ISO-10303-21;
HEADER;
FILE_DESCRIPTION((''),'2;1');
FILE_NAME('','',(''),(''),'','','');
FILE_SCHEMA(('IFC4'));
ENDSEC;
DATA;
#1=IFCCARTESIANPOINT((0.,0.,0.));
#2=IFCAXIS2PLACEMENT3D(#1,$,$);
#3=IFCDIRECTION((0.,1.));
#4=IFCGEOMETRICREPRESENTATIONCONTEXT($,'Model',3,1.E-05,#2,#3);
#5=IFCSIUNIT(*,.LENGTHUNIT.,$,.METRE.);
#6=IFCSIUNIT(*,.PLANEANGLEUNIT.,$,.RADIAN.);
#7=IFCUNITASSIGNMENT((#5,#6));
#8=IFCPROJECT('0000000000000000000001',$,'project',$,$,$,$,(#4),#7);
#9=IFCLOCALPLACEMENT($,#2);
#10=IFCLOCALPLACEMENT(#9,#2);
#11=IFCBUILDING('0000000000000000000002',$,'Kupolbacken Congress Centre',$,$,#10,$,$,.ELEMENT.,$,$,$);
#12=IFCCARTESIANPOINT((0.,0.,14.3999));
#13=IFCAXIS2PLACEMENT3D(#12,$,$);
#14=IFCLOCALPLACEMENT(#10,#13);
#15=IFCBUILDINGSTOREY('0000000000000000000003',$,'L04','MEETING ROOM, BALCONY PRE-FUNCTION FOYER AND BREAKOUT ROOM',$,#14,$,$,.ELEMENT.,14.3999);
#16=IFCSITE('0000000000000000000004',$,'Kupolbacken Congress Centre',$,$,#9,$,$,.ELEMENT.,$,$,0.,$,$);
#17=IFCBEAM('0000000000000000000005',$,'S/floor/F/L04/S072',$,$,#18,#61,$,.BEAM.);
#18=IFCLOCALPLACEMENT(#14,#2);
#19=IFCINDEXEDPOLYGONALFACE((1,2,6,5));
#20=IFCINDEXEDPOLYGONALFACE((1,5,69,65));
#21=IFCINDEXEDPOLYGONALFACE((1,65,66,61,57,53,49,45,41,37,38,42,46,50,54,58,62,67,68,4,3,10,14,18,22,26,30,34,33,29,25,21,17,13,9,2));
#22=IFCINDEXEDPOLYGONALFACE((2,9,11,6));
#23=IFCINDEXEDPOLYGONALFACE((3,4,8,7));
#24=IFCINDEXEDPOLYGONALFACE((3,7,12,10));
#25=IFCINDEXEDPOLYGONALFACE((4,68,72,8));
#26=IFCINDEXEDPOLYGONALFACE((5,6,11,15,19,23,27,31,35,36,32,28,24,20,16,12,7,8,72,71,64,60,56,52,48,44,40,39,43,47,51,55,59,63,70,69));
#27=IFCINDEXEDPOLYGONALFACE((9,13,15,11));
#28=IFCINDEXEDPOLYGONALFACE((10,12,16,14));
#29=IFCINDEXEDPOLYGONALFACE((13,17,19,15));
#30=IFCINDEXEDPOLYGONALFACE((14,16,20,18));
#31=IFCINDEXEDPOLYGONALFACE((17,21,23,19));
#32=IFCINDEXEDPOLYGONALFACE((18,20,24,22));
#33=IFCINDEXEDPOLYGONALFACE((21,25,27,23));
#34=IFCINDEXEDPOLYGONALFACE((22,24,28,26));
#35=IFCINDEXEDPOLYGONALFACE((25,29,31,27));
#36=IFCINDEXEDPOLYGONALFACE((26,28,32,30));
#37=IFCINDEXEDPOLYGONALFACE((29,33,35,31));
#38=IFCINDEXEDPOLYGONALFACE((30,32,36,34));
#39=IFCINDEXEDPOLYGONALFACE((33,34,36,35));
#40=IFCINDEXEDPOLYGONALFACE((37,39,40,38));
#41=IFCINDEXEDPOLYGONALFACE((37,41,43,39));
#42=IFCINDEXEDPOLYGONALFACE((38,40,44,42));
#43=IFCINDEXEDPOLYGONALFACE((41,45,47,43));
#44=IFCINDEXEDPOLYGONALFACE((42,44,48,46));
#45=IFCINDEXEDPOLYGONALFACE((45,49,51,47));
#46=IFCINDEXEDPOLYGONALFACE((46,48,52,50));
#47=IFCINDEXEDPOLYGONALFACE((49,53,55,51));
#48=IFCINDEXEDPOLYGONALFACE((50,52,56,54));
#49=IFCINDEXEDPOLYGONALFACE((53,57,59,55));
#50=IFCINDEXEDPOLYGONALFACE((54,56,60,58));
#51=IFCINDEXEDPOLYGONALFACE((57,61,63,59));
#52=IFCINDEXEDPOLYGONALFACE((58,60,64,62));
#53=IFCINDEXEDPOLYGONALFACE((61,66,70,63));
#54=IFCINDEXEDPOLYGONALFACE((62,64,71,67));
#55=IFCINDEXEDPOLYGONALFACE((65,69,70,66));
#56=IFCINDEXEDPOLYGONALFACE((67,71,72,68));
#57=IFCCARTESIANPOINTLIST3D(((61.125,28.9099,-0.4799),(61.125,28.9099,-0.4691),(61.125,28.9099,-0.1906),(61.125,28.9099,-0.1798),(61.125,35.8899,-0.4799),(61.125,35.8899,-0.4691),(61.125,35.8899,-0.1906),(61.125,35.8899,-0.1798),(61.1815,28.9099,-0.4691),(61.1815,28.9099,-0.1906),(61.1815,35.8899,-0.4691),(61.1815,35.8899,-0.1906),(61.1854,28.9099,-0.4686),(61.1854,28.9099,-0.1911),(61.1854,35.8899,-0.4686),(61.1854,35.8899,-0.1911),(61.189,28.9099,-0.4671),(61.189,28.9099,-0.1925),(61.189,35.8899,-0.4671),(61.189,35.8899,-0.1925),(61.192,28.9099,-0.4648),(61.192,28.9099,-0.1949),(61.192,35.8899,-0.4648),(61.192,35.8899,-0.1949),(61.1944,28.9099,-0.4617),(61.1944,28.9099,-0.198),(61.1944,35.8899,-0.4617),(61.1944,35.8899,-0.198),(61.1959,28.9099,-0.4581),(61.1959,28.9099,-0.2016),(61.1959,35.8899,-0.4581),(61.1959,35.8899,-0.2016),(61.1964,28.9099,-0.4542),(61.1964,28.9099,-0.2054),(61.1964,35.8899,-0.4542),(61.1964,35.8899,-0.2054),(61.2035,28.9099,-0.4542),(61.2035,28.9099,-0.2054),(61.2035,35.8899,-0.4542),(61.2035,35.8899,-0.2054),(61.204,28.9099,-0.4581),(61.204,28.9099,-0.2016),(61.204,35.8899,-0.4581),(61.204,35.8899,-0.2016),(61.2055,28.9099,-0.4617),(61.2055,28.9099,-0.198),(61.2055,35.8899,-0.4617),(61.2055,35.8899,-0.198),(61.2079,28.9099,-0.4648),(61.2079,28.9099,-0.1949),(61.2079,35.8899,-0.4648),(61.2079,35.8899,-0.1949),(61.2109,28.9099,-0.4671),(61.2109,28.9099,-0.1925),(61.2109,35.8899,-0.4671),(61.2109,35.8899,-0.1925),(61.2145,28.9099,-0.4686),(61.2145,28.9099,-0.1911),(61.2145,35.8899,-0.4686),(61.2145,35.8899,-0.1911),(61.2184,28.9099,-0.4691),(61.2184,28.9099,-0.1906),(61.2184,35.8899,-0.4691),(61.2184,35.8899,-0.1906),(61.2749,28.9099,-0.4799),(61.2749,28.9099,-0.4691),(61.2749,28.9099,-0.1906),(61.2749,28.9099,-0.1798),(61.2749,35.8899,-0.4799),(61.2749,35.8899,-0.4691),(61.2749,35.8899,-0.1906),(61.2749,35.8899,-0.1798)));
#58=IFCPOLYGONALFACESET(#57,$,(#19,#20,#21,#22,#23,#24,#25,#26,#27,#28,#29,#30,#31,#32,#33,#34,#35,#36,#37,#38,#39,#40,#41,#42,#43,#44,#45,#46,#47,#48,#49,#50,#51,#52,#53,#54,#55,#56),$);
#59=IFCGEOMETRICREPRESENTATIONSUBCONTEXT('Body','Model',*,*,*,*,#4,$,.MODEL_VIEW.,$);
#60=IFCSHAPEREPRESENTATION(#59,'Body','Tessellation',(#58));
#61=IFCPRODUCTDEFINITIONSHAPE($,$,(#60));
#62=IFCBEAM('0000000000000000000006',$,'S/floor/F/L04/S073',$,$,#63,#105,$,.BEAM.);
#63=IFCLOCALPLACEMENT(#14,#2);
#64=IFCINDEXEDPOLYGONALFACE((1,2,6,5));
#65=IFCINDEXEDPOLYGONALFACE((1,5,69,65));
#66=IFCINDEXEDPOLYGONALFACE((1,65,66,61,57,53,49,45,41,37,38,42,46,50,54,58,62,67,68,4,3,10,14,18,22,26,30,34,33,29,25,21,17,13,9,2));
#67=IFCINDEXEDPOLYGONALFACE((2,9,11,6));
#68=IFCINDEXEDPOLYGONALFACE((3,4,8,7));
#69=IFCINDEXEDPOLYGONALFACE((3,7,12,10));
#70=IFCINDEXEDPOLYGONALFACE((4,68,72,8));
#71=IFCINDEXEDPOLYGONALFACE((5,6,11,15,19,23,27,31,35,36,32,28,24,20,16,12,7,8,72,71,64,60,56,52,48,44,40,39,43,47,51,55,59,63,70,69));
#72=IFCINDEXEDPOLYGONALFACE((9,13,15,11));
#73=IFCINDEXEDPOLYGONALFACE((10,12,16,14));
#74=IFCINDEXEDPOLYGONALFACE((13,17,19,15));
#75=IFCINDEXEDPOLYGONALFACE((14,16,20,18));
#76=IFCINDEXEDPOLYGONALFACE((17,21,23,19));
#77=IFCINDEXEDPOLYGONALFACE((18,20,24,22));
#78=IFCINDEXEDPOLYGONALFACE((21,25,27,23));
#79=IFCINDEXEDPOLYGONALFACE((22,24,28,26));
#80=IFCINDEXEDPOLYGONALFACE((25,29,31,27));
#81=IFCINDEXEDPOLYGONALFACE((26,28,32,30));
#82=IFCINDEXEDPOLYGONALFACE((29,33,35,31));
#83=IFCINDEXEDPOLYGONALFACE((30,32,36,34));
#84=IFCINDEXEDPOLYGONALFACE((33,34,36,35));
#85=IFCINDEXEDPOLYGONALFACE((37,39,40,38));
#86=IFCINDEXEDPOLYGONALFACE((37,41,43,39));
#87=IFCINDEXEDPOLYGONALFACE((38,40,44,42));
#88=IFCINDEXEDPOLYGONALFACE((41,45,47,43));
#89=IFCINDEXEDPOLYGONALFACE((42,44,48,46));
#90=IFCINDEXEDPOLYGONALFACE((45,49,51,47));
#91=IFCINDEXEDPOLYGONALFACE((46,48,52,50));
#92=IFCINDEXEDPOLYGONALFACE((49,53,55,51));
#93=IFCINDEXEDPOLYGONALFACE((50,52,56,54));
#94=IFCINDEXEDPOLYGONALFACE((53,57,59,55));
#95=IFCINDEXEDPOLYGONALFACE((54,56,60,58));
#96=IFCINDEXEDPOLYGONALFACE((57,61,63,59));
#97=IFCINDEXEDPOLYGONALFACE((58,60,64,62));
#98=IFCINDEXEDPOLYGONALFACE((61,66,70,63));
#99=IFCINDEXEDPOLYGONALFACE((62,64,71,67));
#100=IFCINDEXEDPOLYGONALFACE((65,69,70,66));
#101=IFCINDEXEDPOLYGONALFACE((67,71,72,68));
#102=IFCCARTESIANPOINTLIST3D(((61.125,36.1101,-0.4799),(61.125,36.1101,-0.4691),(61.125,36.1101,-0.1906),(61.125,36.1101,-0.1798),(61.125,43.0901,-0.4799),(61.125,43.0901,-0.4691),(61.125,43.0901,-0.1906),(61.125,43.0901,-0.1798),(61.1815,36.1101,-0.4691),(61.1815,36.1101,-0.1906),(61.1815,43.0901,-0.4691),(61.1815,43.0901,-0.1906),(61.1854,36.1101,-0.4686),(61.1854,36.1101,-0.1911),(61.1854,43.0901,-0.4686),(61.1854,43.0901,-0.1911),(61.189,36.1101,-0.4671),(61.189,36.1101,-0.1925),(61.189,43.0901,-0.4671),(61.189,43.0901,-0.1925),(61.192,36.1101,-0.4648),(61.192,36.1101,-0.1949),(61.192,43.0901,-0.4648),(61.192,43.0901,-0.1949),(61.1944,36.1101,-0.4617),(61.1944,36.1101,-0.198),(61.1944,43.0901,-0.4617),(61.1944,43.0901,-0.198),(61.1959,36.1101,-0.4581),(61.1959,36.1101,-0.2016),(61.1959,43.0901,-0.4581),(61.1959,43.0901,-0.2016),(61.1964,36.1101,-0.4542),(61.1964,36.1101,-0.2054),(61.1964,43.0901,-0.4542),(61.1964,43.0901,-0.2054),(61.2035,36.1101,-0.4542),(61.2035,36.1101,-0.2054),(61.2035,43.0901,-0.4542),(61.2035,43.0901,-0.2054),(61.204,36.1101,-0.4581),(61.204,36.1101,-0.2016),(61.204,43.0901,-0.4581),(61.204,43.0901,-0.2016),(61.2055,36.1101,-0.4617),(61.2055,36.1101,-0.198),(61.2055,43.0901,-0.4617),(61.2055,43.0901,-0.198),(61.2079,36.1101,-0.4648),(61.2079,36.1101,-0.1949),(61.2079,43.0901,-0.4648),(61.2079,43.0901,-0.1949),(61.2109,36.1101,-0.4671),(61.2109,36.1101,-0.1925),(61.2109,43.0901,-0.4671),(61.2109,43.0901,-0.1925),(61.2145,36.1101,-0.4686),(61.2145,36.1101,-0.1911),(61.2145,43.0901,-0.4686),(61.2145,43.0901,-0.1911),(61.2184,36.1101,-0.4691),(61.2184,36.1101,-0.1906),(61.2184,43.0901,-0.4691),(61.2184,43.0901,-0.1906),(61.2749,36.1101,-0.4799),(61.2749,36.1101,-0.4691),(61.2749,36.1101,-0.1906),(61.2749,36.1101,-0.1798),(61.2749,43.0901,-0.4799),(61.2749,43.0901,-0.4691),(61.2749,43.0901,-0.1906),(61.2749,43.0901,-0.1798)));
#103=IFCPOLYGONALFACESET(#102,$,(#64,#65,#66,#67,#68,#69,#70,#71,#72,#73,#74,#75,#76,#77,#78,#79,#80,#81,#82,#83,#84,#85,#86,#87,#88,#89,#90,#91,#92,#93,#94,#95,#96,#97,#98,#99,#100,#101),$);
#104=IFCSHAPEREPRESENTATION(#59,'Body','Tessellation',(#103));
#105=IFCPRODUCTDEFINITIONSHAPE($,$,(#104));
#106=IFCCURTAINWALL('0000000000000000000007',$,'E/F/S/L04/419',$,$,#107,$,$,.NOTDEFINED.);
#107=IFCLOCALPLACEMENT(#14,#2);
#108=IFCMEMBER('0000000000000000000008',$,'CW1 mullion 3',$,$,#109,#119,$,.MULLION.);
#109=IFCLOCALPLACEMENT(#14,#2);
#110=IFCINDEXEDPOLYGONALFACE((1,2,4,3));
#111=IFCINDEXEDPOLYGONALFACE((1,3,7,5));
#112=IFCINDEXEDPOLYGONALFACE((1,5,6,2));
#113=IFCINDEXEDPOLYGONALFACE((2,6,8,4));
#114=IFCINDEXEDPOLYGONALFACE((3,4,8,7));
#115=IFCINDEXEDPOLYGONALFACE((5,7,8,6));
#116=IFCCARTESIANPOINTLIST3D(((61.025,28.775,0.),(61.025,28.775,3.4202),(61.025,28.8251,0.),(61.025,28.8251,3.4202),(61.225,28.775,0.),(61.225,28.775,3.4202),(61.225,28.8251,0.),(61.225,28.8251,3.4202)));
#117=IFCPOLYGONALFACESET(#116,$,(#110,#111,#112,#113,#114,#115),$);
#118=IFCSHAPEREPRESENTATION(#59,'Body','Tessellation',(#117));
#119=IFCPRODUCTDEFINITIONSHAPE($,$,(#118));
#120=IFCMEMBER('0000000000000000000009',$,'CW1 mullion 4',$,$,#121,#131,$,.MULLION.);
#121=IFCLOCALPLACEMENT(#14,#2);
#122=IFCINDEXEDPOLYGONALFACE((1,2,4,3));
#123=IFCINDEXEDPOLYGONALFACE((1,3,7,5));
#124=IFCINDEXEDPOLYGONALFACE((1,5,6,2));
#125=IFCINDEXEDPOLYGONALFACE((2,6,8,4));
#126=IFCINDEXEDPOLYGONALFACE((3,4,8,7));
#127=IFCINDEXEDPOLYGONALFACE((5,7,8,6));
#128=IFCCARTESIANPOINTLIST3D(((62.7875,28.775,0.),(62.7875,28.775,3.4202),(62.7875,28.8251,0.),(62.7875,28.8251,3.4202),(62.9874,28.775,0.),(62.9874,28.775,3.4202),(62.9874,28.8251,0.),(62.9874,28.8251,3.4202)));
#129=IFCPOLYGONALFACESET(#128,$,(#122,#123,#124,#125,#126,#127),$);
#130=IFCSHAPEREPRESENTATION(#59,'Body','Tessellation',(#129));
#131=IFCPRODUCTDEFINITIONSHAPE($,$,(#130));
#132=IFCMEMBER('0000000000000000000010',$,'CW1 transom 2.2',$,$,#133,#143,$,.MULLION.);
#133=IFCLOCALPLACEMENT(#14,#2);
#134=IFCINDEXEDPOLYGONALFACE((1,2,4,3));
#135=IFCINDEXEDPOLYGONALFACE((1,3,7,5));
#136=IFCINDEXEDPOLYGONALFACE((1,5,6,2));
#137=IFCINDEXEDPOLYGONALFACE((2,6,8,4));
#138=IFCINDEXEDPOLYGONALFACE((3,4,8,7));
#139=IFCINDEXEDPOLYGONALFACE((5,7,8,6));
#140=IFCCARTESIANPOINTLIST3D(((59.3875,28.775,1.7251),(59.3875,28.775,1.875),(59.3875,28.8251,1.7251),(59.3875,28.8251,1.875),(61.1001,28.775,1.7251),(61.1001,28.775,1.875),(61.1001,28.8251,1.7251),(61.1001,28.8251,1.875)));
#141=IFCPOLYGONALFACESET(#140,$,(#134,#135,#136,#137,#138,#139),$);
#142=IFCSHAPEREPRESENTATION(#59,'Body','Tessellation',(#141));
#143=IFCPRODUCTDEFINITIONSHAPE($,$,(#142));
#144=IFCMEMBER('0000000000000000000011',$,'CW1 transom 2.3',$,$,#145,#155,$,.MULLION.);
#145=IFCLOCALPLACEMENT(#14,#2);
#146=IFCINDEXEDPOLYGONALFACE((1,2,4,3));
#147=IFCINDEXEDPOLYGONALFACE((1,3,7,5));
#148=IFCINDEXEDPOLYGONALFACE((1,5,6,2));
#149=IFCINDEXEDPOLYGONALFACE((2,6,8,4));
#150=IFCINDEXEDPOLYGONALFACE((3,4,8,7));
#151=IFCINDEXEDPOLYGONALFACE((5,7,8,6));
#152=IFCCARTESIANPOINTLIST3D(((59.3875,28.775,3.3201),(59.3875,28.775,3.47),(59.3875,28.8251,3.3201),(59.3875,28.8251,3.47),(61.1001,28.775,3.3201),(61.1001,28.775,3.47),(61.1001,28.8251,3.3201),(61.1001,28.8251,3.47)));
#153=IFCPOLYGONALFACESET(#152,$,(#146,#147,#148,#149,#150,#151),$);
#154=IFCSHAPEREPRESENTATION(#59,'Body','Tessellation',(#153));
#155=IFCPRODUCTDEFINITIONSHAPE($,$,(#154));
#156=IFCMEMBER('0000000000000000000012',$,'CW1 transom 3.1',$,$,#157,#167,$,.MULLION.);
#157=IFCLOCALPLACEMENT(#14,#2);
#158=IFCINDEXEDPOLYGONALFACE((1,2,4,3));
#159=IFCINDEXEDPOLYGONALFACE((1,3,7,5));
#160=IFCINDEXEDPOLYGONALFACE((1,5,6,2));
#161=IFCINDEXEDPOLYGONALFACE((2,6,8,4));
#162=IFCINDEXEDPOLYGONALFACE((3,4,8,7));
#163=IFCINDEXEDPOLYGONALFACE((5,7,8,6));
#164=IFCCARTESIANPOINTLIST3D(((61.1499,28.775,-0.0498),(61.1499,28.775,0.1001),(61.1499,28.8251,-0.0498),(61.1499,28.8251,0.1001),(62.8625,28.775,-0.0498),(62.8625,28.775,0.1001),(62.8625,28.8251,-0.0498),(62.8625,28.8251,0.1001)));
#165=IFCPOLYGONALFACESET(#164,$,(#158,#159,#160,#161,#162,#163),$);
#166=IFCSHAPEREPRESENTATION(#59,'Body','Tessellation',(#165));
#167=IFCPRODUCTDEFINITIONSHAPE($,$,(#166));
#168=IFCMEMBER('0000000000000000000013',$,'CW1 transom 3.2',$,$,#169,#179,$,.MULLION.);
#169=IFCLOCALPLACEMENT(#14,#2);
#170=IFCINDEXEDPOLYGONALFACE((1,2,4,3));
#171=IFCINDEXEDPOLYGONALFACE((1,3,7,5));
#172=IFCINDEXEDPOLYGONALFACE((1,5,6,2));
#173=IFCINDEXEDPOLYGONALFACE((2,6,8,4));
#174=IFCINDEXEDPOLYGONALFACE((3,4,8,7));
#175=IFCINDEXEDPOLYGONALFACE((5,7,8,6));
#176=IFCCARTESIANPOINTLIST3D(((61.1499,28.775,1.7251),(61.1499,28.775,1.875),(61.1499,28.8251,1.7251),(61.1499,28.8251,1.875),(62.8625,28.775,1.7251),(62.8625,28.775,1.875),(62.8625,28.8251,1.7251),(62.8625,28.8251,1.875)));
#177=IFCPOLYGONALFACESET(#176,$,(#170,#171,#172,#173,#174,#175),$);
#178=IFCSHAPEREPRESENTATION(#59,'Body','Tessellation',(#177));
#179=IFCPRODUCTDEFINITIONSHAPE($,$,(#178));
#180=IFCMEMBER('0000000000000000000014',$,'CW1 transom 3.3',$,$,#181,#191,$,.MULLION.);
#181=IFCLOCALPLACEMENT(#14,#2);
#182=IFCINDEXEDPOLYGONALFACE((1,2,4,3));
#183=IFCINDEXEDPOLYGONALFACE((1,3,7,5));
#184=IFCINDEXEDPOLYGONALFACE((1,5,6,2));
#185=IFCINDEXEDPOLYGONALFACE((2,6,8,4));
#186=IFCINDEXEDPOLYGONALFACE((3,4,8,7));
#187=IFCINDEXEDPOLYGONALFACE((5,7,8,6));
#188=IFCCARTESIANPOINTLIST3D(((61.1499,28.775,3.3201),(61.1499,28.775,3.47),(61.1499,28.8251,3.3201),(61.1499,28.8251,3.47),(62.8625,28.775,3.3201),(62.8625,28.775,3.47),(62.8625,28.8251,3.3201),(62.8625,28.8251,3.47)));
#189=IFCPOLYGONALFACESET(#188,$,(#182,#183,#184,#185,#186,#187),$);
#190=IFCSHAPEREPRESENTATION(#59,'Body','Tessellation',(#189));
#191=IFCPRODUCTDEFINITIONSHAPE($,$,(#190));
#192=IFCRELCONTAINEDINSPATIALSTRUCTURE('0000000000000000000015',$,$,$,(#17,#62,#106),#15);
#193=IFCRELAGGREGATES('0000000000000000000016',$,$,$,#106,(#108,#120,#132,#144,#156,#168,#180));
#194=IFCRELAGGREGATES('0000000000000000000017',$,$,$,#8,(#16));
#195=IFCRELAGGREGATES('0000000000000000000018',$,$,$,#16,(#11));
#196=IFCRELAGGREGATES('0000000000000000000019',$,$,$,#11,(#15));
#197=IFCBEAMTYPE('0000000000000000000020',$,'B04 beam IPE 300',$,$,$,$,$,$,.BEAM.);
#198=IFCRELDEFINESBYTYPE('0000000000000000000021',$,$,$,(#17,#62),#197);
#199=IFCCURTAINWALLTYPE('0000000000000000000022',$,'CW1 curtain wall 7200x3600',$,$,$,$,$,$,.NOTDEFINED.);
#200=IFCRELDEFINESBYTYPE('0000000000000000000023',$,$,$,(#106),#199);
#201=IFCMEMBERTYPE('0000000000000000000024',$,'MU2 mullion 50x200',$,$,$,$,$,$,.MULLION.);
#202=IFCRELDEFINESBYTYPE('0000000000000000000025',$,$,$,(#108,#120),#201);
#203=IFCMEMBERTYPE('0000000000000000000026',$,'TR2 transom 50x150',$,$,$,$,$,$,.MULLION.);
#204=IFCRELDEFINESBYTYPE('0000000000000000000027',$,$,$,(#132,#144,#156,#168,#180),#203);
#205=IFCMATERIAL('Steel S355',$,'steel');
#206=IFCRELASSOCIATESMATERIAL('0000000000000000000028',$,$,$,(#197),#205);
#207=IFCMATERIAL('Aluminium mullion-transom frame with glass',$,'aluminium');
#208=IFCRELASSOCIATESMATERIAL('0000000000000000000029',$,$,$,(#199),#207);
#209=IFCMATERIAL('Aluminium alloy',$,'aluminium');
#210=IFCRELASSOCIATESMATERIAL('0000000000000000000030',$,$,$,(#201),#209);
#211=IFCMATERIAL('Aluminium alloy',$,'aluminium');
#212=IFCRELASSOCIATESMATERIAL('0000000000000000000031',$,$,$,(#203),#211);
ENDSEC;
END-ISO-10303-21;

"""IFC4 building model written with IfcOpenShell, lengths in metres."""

from ifc_helpers import new_model, si_unit, direction, frame, origin, origin_2d, place, context, subcontext, project, spatial, rectangle, i_section, extrude, material, material_profile, profile_set, type_object, element, aggregate, save


model = new_model("IFC4")

# Units and contexts
model_context = context("Model", 3, precision=1e-05, world=origin(), true_north=direction((0.0, 1.0)))
body_context = subcontext(model_context, "Body", "Model", "MODEL_VIEW")
ifc_project = project(units=[si_unit("LENGTHUNIT", "METRE"), si_unit("PLANEANGLEUNIT", "RADIAN")], contexts=[model_context])

# Site, building, storey
site_placement = place(None, origin())
site = spatial("IfcSite", under=ifc_project, at=site_placement, Name="Kupolbacken Congress Centre", CompositionType="ELEMENT", RefElevation=0.0)
building_placement = place(site_placement, origin())
building = spatial("IfcBuilding", under=site, at=building_placement, Name="Kupolbacken Congress Centre", CompositionType="ELEMENT")
storey_placement = place(building_placement, frame((0.0, 0.0, 14.3999)))
storey = spatial("IfcBuildingStorey", under=building, at=storey_placement, Name="L04", Description="MEETING ROOM, BALCONY PRE-FUNCTION FOYER AND BREAKOUT ROOM", CompositionType="ELEMENT", Elevation=14.3999)

# Beams
ifc_material_1 = material(Name="Steel S355", Category="steel")
ifc_material_profile_1 = material_profile(ifc_material_1, i_section(OverallWidth=0.1499, OverallDepth=0.3, WebThickness=0.0071, FlangeThickness=0.0107, FilletRadius=0.0149, at=origin_2d()), Name="IPE 300")
ifc_profile_set_1 = profile_set([ifc_material_profile_1], Name="Steel S355")
beam_type = type_object("IfcBeamType", Name="B04 beam IPE 300", PredefinedType="BEAM", material=ifc_profile_set_1)
for number, where, z_axis, x_axis, name in (
    (1, (61.2, 28.9099, -0.3298), (0.0, 1.0, 0.0), (-1.0, 0.0, 0.0), "S/floor/F/L04/S072"),
    (2, (61.2, 36.1101, -0.3298), (0.0, 1.0, 0.0), (-1.0, 0.0, 0.0), "S/floor/F/L04/S073"),
):
    element("IfcBeam", number, at=place(storey_placement, frame(where, z_axis=z_axis, x_axis=x_axis)), inside=storey, type_object=beam_type, Name=name, PredefinedType="BEAM", context=body_context, shape_type="SweptSolid", body=[
        extrude(i_section(OverallWidth=0.1499, OverallDepth=0.3, WebThickness=0.0071, FlangeThickness=0.0107, FilletRadius=0.0149, at=origin_2d()), origin(), (0.0, 0.0, 1.0), 6.98),
    ])

# Curtain wall, members
ifc_material_2 = material(Name="Aluminium mullion-transom frame with glass", Category="aluminium")
curtain_wall_type = type_object("IfcCurtainWallType", Name="CW1 curtain wall 7200x3600", PredefinedType="NOTDEFINED", material=ifc_material_2)
curtain_wall_placement = place(storey_placement, origin())
curtain_wall = element("IfcCurtainWall", 3, at=curtain_wall_placement, inside=storey, type_object=curtain_wall_type, Name="E/F/S/L04/419", PredefinedType="NOTDEFINED")
ifc_material_3 = material(Name="Aluminium alloy", Category="aluminium")
ifc_material_profile_2 = material_profile(ifc_material_3, rectangle(XDim=0.05, YDim=0.2, at=origin_2d()), Name="50 x 200")
ifc_profile_set_2 = profile_set([ifc_material_profile_2], Name="Aluminium alloy")
member_type_1 = type_object("IfcMemberType", Name="MU2 mullion 50x200", PredefinedType="MULLION", material=ifc_profile_set_2)
member_1_placement = place(storey_placement, frame((61.125, 28.8, 0.0), z_axis=(0.0, 0.0, 1.0), x_axis=(0.0, 1.0, 0.0)))
member_1 = element("IfcMember", 4, at=member_1_placement, type_object=member_type_1, Name="CW1 mullion 3", PredefinedType="MULLION", context=body_context, shape_type="SweptSolid", body=[
    extrude(rectangle(XDim=0.05, YDim=0.2, at=origin_2d()), origin(), (0.0, 0.0, 1.0), 3.4202),
])
member_2_placement = place(storey_placement, frame((62.8875, 28.8, 0.0), z_axis=(0.0, 0.0, 1.0), x_axis=(0.0, 1.0, 0.0)))
member_2 = element("IfcMember", 5, at=member_2_placement, type_object=member_type_1, Name="CW1 mullion 4", PredefinedType="MULLION", context=body_context, shape_type="SweptSolid", body=[
    extrude(rectangle(XDim=0.05, YDim=0.2, at=origin_2d()), origin(), (0.0, 0.0, 1.0), 3.4202),
])
ifc_material_4 = material(Name="Aluminium alloy", Category="aluminium")
ifc_material_profile_3 = material_profile(ifc_material_4, rectangle(XDim=0.05, YDim=0.1499, at=origin_2d()), Name="50 x 150")
ifc_profile_set_3 = profile_set([ifc_material_profile_3], Name="Aluminium alloy")
member_type_2 = type_object("IfcMemberType", Name="TR2 transom 50x150", PredefinedType="MULLION", material=ifc_profile_set_3)
member_3_placement = place(storey_placement, frame((59.3875, 28.8, 1.8), z_axis=(1.0, 0.0, 0.0), x_axis=(0.0, 1.0, 0.0)))
member_3 = element("IfcMember", 6, at=member_3_placement, type_object=member_type_2, Name="CW1 transom 2.2", PredefinedType="MULLION", context=body_context, shape_type="SweptSolid", body=[
    extrude(rectangle(XDim=0.05, YDim=0.1499, at=origin_2d()), origin(), (0.0, 0.0, 1.0), 1.7126),
])
member_4_placement = place(storey_placement, frame((59.3875, 28.8, 3.395), z_axis=(1.0, 0.0, 0.0), x_axis=(0.0, 1.0, 0.0)))
member_4 = element("IfcMember", 7, at=member_4_placement, type_object=member_type_2, Name="CW1 transom 2.3", PredefinedType="MULLION", context=body_context, shape_type="SweptSolid", body=[
    extrude(rectangle(XDim=0.05, YDim=0.1499, at=origin_2d()), origin(), (0.0, 0.0, 1.0), 1.7126),
])
member_5_placement = place(storey_placement, frame((61.1499, 28.8, 0.0251), z_axis=(1.0, 0.0, 0.0), x_axis=(0.0, 1.0, 0.0)))
member_5 = element("IfcMember", 8, at=member_5_placement, type_object=member_type_2, Name="CW1 transom 3.1", PredefinedType="MULLION", context=body_context, shape_type="SweptSolid", body=[
    extrude(rectangle(XDim=0.05, YDim=0.1499, at=origin_2d()), origin(), (0.0, 0.0, 1.0), 1.7126),
])
member_6_placement = place(storey_placement, frame((61.1499, 28.8, 1.8), z_axis=(1.0, 0.0, 0.0), x_axis=(0.0, 1.0, 0.0)))
member_6 = element("IfcMember", 9, at=member_6_placement, type_object=member_type_2, Name="CW1 transom 3.2", PredefinedType="MULLION", context=body_context, shape_type="SweptSolid", body=[
    extrude(rectangle(XDim=0.05, YDim=0.1499, at=origin_2d()), origin(), (0.0, 0.0, 1.0), 1.7126),
])
member_7_placement = place(storey_placement, frame((61.1499, 28.8, 3.395), z_axis=(1.0, 0.0, 0.0), x_axis=(0.0, 1.0, 0.0)))
member_7 = element("IfcMember", 10, at=member_7_placement, type_object=member_type_2, Name="CW1 transom 3.3", PredefinedType="MULLION", context=body_context, shape_type="SweptSolid", body=[
    extrude(rectangle(XDim=0.05, YDim=0.1499, at=origin_2d()), origin(), (0.0, 0.0, 1.0), 1.7126),
])
aggregate(curtain_wall, [member_1, member_2, member_3, member_4, member_5, member_6, member_7])

save(model, "model.ifc")
